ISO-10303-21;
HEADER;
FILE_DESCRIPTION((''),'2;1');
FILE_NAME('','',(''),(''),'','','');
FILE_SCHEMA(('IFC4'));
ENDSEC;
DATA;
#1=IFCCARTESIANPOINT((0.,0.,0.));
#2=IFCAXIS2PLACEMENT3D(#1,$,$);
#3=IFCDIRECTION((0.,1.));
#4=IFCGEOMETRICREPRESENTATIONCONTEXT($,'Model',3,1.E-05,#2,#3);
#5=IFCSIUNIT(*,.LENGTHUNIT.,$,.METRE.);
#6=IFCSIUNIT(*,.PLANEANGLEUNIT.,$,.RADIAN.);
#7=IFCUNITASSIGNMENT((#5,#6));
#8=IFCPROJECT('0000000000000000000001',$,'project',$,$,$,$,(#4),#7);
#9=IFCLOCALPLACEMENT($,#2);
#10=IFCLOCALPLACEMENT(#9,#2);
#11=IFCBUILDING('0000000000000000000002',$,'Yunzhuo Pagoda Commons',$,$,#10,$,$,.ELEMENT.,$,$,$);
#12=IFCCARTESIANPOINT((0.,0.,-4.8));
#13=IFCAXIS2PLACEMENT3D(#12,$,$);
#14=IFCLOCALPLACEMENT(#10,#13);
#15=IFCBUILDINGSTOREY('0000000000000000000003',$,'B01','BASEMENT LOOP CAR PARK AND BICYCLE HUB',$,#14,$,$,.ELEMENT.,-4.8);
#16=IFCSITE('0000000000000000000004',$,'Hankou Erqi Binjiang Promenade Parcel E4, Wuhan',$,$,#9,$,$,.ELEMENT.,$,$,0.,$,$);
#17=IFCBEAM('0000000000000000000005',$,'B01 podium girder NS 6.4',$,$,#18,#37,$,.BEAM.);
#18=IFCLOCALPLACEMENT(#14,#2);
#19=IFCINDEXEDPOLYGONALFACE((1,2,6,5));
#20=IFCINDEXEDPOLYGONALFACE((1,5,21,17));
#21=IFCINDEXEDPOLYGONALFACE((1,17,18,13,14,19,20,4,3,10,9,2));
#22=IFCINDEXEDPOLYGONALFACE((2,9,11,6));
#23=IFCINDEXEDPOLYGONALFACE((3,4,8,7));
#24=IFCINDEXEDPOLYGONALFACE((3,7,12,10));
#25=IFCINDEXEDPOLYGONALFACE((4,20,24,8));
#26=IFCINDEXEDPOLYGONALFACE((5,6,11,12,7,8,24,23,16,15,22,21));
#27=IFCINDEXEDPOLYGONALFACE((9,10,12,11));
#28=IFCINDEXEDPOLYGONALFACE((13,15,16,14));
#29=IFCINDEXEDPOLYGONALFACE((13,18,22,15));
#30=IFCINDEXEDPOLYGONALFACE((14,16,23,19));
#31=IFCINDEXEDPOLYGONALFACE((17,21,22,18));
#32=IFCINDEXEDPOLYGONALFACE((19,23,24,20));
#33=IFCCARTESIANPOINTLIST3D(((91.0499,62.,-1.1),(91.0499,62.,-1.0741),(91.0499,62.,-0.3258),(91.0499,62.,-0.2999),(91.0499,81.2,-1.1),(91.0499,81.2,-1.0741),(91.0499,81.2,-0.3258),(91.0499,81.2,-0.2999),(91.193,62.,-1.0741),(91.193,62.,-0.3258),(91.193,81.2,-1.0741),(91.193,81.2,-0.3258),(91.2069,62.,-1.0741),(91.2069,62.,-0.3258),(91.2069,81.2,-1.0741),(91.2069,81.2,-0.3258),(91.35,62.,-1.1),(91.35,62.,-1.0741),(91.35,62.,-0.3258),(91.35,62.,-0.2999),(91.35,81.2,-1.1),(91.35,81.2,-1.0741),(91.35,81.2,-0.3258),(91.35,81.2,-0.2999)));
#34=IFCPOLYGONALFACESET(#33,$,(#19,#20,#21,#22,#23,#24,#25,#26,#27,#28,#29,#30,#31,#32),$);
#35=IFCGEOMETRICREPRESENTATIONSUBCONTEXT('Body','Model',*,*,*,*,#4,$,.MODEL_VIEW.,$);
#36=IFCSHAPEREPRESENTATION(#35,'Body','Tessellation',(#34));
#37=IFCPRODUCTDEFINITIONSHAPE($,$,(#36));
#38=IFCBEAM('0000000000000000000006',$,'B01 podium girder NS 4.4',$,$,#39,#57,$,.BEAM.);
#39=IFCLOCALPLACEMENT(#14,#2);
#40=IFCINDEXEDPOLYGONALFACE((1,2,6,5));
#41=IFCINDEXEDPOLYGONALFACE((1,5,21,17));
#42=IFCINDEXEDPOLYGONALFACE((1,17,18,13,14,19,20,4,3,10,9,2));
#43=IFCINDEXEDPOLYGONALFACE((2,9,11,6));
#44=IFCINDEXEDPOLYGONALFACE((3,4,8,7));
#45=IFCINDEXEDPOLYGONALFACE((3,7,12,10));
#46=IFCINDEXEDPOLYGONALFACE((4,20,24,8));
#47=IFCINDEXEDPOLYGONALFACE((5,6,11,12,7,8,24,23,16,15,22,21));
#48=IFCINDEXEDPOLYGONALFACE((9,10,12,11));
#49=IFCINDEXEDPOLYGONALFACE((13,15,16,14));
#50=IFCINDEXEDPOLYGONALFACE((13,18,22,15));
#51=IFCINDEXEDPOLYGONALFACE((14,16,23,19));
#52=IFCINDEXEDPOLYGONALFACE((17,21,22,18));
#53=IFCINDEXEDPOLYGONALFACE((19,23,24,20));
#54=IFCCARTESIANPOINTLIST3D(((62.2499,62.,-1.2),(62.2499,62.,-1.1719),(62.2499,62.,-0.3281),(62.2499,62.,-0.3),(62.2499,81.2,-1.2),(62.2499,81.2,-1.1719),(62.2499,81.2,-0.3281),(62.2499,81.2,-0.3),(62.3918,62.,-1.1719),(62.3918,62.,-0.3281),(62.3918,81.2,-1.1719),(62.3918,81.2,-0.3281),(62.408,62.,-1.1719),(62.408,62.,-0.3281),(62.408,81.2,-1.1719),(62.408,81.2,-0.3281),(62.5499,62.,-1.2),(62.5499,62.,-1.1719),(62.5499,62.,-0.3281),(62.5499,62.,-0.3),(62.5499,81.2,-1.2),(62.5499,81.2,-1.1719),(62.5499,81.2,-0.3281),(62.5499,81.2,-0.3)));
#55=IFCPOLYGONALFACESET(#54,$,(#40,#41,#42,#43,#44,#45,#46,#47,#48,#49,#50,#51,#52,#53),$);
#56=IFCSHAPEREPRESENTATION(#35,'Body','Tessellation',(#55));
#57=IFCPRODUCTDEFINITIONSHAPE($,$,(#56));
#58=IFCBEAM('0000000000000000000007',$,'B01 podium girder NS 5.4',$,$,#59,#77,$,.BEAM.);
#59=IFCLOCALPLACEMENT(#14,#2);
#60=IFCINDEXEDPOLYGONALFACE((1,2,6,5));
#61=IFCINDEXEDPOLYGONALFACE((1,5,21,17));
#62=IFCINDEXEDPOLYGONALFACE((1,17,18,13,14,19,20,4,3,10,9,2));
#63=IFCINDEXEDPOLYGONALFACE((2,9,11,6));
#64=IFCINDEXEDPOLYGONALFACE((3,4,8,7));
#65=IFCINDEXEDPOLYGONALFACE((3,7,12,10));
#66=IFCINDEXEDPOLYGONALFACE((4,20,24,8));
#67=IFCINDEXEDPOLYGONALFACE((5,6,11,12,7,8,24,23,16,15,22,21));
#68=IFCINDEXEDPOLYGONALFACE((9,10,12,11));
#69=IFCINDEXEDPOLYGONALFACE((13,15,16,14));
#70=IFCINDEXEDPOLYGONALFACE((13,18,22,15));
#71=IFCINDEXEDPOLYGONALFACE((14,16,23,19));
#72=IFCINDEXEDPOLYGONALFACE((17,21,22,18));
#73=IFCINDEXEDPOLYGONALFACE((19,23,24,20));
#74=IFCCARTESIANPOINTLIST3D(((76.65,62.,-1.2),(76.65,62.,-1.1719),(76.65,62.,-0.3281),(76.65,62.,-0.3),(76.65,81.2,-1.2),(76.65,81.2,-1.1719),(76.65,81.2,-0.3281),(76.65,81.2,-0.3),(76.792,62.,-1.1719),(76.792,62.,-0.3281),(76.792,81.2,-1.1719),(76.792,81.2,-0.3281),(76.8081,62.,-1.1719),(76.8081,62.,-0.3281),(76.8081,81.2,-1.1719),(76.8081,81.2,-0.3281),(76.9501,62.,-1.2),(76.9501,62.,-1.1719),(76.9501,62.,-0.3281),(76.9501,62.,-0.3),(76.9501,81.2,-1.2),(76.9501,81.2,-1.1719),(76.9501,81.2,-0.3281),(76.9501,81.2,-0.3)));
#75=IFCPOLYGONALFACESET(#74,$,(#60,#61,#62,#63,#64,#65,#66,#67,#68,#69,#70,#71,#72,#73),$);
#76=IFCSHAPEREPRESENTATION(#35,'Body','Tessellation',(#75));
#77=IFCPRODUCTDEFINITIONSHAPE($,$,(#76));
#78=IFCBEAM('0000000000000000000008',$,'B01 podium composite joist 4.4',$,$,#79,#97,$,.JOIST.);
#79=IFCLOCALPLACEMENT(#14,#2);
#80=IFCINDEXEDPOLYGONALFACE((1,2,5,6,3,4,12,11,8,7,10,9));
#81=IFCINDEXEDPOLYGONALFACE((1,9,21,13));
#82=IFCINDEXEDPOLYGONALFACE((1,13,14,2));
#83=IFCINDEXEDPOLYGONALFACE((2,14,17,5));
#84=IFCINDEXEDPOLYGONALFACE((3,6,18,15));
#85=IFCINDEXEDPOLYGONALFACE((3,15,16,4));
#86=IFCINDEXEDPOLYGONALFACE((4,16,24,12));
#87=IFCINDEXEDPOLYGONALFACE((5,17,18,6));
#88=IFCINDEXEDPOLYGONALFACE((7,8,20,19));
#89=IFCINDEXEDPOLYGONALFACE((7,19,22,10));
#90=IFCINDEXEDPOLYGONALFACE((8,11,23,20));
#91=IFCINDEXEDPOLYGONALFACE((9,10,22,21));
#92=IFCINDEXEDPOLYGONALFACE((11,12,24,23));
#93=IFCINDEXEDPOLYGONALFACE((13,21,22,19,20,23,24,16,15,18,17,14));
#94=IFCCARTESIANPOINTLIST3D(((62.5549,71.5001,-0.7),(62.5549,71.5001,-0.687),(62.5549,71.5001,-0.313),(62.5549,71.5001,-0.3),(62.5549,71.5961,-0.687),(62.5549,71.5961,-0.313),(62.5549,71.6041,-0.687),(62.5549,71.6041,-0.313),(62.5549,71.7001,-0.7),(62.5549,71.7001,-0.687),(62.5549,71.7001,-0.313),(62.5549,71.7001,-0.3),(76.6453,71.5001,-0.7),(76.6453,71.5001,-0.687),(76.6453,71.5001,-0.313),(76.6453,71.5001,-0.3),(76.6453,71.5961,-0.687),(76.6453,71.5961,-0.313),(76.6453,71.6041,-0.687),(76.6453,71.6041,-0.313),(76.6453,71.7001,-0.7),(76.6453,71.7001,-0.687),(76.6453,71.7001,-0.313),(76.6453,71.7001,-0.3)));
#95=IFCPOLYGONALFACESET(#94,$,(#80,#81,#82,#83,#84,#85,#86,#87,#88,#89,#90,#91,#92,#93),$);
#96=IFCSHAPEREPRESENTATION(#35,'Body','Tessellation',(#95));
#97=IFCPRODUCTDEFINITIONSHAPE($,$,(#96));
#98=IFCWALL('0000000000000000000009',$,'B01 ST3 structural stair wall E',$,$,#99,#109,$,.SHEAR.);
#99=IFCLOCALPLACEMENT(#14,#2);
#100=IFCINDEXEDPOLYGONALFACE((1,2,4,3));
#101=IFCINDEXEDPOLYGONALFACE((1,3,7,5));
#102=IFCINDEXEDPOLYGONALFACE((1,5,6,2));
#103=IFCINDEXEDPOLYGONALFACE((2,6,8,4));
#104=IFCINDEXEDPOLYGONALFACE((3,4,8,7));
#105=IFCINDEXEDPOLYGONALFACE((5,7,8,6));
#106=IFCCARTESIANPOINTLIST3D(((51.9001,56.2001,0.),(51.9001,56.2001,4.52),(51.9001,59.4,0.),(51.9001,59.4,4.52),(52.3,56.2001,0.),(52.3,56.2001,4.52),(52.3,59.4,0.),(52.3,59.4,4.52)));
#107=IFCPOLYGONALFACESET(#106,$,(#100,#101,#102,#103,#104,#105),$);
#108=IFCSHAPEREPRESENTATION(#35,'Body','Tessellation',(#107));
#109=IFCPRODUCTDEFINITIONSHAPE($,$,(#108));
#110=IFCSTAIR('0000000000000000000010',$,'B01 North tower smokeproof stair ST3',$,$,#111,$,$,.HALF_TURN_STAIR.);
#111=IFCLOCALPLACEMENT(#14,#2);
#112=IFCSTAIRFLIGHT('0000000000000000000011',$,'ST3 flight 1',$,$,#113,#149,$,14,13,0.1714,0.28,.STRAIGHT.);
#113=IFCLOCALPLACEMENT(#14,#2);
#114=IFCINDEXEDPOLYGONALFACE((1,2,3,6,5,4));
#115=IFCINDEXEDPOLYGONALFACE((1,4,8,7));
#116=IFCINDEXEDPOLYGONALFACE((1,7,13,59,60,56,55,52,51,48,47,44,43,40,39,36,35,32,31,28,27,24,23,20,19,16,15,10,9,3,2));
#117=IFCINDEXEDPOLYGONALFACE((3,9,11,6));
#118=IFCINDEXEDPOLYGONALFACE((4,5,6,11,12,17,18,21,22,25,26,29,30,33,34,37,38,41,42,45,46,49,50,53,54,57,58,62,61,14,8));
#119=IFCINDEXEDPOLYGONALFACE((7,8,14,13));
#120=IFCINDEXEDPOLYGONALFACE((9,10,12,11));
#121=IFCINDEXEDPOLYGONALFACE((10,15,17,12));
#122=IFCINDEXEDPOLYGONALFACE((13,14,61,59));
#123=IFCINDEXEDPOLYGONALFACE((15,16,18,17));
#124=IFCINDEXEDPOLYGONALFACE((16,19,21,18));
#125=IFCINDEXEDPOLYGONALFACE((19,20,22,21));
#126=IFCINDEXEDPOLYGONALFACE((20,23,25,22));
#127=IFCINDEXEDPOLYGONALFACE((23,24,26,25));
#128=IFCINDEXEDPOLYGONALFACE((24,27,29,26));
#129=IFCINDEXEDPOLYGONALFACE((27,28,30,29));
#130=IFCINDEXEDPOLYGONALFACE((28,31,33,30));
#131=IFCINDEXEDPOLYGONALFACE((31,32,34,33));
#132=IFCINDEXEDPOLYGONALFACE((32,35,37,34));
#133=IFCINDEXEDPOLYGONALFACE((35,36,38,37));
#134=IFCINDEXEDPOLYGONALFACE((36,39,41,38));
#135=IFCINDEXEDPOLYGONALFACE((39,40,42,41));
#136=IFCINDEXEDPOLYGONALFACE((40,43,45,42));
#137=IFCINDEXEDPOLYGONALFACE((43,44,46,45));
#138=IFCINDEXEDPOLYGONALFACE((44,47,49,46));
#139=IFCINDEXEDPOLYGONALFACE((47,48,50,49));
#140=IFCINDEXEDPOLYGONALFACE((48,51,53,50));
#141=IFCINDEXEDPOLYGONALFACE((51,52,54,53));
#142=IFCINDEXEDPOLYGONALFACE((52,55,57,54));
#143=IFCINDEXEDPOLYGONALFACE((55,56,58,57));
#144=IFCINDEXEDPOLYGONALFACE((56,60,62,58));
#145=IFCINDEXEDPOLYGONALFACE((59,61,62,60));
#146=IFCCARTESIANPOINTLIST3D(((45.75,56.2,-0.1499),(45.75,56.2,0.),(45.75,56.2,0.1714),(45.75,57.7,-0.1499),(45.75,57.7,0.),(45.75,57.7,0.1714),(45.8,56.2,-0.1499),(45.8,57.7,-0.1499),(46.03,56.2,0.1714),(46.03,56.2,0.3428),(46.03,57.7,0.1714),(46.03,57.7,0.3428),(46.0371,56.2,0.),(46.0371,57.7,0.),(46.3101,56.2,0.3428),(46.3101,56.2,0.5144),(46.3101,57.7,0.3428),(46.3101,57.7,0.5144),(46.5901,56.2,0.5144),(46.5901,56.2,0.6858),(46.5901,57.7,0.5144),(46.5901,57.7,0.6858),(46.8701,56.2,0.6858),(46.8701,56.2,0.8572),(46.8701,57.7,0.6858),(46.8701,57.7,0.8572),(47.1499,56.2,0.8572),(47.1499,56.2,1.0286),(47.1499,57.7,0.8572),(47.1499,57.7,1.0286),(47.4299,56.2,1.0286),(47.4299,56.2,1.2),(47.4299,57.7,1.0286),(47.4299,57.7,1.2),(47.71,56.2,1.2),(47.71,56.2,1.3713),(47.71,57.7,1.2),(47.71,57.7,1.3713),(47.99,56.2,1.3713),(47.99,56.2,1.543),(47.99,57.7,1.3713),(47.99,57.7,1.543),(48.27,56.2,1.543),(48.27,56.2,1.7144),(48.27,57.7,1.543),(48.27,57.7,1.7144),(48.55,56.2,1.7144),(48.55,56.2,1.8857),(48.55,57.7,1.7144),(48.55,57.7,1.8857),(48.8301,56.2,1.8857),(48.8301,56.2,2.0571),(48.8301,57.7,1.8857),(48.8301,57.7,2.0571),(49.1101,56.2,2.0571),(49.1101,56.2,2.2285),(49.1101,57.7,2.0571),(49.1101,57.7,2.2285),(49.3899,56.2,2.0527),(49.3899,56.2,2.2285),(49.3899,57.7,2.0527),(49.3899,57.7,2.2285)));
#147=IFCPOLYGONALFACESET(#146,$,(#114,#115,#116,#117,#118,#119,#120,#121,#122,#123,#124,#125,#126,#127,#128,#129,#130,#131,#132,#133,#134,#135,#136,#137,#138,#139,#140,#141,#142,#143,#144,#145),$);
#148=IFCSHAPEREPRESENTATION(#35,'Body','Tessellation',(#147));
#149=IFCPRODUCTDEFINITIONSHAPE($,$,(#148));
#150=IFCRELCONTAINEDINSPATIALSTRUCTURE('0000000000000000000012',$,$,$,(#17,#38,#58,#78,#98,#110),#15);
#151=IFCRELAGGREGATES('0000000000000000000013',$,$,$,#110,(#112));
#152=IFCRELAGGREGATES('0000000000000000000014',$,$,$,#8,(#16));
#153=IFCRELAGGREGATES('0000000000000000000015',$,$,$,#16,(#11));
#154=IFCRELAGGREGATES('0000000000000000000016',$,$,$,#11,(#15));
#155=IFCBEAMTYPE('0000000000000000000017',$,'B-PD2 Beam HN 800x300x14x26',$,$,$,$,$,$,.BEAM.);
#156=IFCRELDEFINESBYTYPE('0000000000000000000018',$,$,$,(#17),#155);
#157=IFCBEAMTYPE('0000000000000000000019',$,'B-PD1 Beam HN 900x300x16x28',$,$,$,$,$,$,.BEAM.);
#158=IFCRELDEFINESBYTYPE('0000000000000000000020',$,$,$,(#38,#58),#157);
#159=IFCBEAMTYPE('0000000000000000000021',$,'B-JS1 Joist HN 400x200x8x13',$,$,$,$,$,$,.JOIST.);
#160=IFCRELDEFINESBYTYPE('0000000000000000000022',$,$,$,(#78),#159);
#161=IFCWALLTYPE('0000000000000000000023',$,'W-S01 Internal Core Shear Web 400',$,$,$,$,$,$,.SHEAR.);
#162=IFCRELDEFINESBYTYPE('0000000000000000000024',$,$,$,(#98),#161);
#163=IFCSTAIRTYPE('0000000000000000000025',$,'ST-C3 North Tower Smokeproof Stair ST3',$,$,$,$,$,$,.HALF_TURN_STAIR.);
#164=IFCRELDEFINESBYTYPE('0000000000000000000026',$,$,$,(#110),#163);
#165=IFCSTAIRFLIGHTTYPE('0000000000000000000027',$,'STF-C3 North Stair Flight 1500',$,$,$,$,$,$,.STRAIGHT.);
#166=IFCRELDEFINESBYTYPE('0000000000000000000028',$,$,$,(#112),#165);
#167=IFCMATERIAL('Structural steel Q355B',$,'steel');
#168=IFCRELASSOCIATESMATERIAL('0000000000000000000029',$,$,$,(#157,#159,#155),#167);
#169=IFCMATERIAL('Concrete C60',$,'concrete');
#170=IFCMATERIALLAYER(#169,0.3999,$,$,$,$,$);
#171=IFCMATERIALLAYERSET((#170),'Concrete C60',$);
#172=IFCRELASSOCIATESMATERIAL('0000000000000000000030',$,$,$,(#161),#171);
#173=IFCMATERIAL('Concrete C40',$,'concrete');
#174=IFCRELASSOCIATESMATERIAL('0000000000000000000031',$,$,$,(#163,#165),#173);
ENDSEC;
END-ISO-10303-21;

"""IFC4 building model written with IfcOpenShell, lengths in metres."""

from ifc_helpers import new_model, si_unit, direction, frame, frame_2d, origin, origin_2d, place, context, subcontext, project, spatial, polyline, rectangle, i_section, outline, extrude, source, transform, mapped, material, layer, layer_set, material_profile, profile_set, type_object, element, aggregate, save


model = new_model("IFC4")

# Units and contexts
model_context = context("Model", 3, precision=1e-05, world=origin(), true_north=direction((0.0, 1.0)))
body_context = subcontext(model_context, "Body", "Model", "MODEL_VIEW")
ifc_project = project(units=[si_unit("LENGTHUNIT", "METRE"), si_unit("PLANEANGLEUNIT", "RADIAN")], contexts=[model_context])

# Site, building, storey
site_placement = place(None, origin())
site = spatial("IfcSite", under=ifc_project, at=site_placement, Name="Hankou Erqi Binjiang Promenade Parcel E4, Wuhan", CompositionType="ELEMENT", RefElevation=0.0)
building_placement = place(site_placement, origin())
building = spatial("IfcBuilding", under=site, at=building_placement, Name="Yunzhuo Pagoda Commons", CompositionType="ELEMENT")
storey_placement = place(building_placement, frame((0.0, 0.0, -4.8)))
storey = spatial("IfcBuildingStorey", under=building, at=storey_placement, Name="B01", Description="BASEMENT LOOP CAR PARK AND BICYCLE HUB", CompositionType="ELEMENT", Elevation=-4.8)

# Beams
ifc_material_1 = material(Name="Structural steel Q355B", Category="steel")
ifc_material_profile_1 = material_profile(ifc_material_1, i_section(OverallWidth=0.3, OverallDepth=0.8999, WebThickness=0.0161, FlangeThickness=0.0281, at=origin_2d()), Name="Structural steel Q355B")
ifc_profile_set_1 = profile_set([ifc_material_profile_1], Name="Structural steel Q355B")
beam_type_1 = type_object("IfcBeamType", Name="B-PD1 Beam HN 900x300x16x28", PredefinedType="BEAM", material=ifc_profile_set_1)
ifc_material_profile_2 = material_profile(ifc_material_1, i_section(OverallWidth=0.2, OverallDepth=0.3999, WebThickness=0.0081, FlangeThickness=0.0129, at=origin_2d()), Name="Structural steel Q355B")
ifc_profile_set_2 = profile_set([ifc_material_profile_2], Name="Structural steel Q355B")
beam_type_2 = type_object("IfcBeamType", Name="B-JS1 Joist HN 400x200x8x13", PredefinedType="JOIST", material=ifc_profile_set_2)
ifc_material_profile_3 = material_profile(ifc_material_1, i_section(OverallWidth=0.3, OverallDepth=0.8, WebThickness=0.0139, FlangeThickness=0.0259, at=origin_2d()), Name="Structural steel Q355B")
ifc_profile_set_3 = profile_set([ifc_material_profile_3], Name="Structural steel Q355B")
beam_type_3 = type_object("IfcBeamType", Name="B-PD2 Beam HN 800x300x14x26", PredefinedType="BEAM", material=ifc_profile_set_3)
shared_shape_1 = source(origin(), body_context, "Body", "SweptSolid", [
    extrude(i_section(OverallWidth=0.3, OverallDepth=0.8, WebThickness=0.0139, FlangeThickness=0.0259, at=origin_2d()), origin(), (0.0, 0.0, 1.0), 19.2),
])
beam_1_placement = place(storey_placement, frame((91.2, 62.0, -0.7), z_axis=(0.0, 1.0, 0.0), x_axis=(-1.0, 0.0, 0.0)))
element("IfcBeam", 1, at=beam_1_placement, inside=storey, type_object=beam_type_3, Name="B01 podium girder NS 6.4", PredefinedType="BEAM", context=body_context, shape_type="MappedRepresentation", body=[
    mapped(shared_shape_1, transform((0.0, 0.0, 0.0), scale=1.0)),
])
shared_shape_2 = source(origin(), body_context, "Body", "SweptSolid", [
    extrude(i_section(OverallWidth=0.3, OverallDepth=0.8999, WebThickness=0.0161, FlangeThickness=0.0281, at=origin_2d()), origin(), (0.0, 0.0, 1.0), 19.2),
])
for number, where, z_axis, x_axis, name in (
    (2, (62.3999, 62.0, -0.75), (0.0, 1.0, 0.0), (-1.0, 0.0, 0.0), "B01 podium girder NS 4.4"),
    (3, (76.8, 62.0, -0.75), (0.0, 1.0, 0.0), (-1.0, 0.0, 0.0), "B01 podium girder NS 5.4"),
):
    element("IfcBeam", number, at=place(storey_placement, frame(where, z_axis=z_axis, x_axis=x_axis)), inside=storey, type_object=beam_type_1, Name=name, PredefinedType="BEAM", context=body_context, shape_type="MappedRepresentation", body=[
        mapped(shared_shape_2, transform((0.0, 0.0, 0.0), scale=1.0)),
    ])
shared_shape_3 = source(origin(), body_context, "Body", "SweptSolid", [
    extrude(i_section(OverallWidth=0.2, OverallDepth=0.3999, WebThickness=0.0081, FlangeThickness=0.0129, at=origin_2d()), origin(), (0.0, 0.0, 1.0), 14.0903),
])
beam_2_placement = place(storey_placement, frame((62.5549, 71.6001, -0.5), z_axis=(1.0, 0.0, 0.0), x_axis=(0.0, 1.0, 0.0)))
element("IfcBeam", 4, at=beam_2_placement, inside=storey, type_object=beam_type_2, Name="B01 podium composite joist 4.4", PredefinedType="JOIST", context=body_context, shape_type="MappedRepresentation", body=[
    mapped(shared_shape_3, transform((0.0, 0.0, 0.0), scale=1.0)),
])

# Wall
ifc_material_2 = material(Name="Concrete C60", Category="concrete")
ifc_layer = layer(ifc_material_2, 0.3999)
ifc_layer_set = layer_set([ifc_layer], Name="Concrete C60")
wall_type = type_object("IfcWallType", Name="W-S01 Internal Core Shear Web 400", PredefinedType="SHEAR", material=ifc_layer_set)
wall_placement = place(storey_placement, frame((52.1001, 56.2, 0.0), z_axis=(0.0, 0.0, 1.0), x_axis=(0.0, 1.0, 0.0)))
element("IfcWall", 5, at=wall_placement, inside=storey, type_object=wall_type, Name="B01 ST3 structural stair wall E", PredefinedType="SHEAR", context=body_context, shape_type="SweptSolid", body=[
    extrude(rectangle(XDim=3.2, YDim=0.3999, at=frame_2d((1.6001, 0.0))), origin(), (0.0, 0.0, 1.0), 4.52),
])

# Stair, stair flight
ifc_material_3 = material(Name="Concrete C40", Category="concrete")
stair_type = type_object("IfcStairType", Name="ST-C3 North Tower Smokeproof Stair ST3", PredefinedType="HALF_TURN_STAIR", material=ifc_material_3)
stair_placement = place(storey_placement, origin())
stair = element("IfcStair", 6, at=stair_placement, inside=storey, type_object=stair_type, Name="B01 North tower smokeproof stair ST3", PredefinedType="HALF_TURN_STAIR")
stair_flight_type = type_object("IfcStairFlightType", Name="STF-C3 North Stair Flight 1500", PredefinedType="STRAIGHT", material=ifc_material_3)
shared_shape_4 = source(origin(), body_context, "Body", "SweptSolid", [
    extrude(outline(polyline([(0.0, -0.1499), (0.0, 0.0), (0.0, 0.1714), (0.28, 0.1714), (0.28, 0.3428), (0.5601, 0.3428), (0.5601, 0.5144), (0.8401, 0.5144), (0.8401, 0.6858), (1.1201, 0.6858), (1.1201, 0.8572), (1.3999, 0.8572), (1.3999, 1.0286), (1.6799, 1.0286), (1.6799, 1.2), (1.96, 1.2), (1.96, 1.3713), (2.24, 1.3713), (2.24, 1.543), (2.52, 1.543), (2.52, 1.7144), (2.8, 1.7144), (2.8, 1.8857), (3.0801, 1.8857), (3.0801, 2.0571), (3.3601, 2.0571), (3.3601, 2.2285), (3.6399, 2.2285), (3.6399, 2.3999), (3.6399, 2.0527), (0.2871, 0.0), (0.05, -0.1499), (0.0, -0.1499)])), frame((0.0, 0.75, 0.0), z_axis=(0.0, -1.0, 0.0), x_axis=(1.0, 0.0, 0.0)), (0.0, 0.0, 1.0), 1.5),
])
stair_flight_1_placement = place(storey_placement, frame((45.75, 56.95, 0.0), z_axis=(0.0, 0.0, 1.0), x_axis=(1.0, 0.0, 0.0)))
stair_flight_1 = element("IfcStairFlight", 7, at=stair_flight_1_placement, type_object=stair_flight_type, Name="ST3 flight 1", NumberOfRisers=14, NumberOfTreads=13, PredefinedType="STRAIGHT", RiserHeight=0.1714, TreadLength=0.28, context=body_context, shape_type="MappedRepresentation", body=[
    mapped(shared_shape_4, transform((0.0, 0.0, 0.0), scale=1.0)),
])
aggregate(stair, [stair_flight_1])

save(model, "model.ifc")
